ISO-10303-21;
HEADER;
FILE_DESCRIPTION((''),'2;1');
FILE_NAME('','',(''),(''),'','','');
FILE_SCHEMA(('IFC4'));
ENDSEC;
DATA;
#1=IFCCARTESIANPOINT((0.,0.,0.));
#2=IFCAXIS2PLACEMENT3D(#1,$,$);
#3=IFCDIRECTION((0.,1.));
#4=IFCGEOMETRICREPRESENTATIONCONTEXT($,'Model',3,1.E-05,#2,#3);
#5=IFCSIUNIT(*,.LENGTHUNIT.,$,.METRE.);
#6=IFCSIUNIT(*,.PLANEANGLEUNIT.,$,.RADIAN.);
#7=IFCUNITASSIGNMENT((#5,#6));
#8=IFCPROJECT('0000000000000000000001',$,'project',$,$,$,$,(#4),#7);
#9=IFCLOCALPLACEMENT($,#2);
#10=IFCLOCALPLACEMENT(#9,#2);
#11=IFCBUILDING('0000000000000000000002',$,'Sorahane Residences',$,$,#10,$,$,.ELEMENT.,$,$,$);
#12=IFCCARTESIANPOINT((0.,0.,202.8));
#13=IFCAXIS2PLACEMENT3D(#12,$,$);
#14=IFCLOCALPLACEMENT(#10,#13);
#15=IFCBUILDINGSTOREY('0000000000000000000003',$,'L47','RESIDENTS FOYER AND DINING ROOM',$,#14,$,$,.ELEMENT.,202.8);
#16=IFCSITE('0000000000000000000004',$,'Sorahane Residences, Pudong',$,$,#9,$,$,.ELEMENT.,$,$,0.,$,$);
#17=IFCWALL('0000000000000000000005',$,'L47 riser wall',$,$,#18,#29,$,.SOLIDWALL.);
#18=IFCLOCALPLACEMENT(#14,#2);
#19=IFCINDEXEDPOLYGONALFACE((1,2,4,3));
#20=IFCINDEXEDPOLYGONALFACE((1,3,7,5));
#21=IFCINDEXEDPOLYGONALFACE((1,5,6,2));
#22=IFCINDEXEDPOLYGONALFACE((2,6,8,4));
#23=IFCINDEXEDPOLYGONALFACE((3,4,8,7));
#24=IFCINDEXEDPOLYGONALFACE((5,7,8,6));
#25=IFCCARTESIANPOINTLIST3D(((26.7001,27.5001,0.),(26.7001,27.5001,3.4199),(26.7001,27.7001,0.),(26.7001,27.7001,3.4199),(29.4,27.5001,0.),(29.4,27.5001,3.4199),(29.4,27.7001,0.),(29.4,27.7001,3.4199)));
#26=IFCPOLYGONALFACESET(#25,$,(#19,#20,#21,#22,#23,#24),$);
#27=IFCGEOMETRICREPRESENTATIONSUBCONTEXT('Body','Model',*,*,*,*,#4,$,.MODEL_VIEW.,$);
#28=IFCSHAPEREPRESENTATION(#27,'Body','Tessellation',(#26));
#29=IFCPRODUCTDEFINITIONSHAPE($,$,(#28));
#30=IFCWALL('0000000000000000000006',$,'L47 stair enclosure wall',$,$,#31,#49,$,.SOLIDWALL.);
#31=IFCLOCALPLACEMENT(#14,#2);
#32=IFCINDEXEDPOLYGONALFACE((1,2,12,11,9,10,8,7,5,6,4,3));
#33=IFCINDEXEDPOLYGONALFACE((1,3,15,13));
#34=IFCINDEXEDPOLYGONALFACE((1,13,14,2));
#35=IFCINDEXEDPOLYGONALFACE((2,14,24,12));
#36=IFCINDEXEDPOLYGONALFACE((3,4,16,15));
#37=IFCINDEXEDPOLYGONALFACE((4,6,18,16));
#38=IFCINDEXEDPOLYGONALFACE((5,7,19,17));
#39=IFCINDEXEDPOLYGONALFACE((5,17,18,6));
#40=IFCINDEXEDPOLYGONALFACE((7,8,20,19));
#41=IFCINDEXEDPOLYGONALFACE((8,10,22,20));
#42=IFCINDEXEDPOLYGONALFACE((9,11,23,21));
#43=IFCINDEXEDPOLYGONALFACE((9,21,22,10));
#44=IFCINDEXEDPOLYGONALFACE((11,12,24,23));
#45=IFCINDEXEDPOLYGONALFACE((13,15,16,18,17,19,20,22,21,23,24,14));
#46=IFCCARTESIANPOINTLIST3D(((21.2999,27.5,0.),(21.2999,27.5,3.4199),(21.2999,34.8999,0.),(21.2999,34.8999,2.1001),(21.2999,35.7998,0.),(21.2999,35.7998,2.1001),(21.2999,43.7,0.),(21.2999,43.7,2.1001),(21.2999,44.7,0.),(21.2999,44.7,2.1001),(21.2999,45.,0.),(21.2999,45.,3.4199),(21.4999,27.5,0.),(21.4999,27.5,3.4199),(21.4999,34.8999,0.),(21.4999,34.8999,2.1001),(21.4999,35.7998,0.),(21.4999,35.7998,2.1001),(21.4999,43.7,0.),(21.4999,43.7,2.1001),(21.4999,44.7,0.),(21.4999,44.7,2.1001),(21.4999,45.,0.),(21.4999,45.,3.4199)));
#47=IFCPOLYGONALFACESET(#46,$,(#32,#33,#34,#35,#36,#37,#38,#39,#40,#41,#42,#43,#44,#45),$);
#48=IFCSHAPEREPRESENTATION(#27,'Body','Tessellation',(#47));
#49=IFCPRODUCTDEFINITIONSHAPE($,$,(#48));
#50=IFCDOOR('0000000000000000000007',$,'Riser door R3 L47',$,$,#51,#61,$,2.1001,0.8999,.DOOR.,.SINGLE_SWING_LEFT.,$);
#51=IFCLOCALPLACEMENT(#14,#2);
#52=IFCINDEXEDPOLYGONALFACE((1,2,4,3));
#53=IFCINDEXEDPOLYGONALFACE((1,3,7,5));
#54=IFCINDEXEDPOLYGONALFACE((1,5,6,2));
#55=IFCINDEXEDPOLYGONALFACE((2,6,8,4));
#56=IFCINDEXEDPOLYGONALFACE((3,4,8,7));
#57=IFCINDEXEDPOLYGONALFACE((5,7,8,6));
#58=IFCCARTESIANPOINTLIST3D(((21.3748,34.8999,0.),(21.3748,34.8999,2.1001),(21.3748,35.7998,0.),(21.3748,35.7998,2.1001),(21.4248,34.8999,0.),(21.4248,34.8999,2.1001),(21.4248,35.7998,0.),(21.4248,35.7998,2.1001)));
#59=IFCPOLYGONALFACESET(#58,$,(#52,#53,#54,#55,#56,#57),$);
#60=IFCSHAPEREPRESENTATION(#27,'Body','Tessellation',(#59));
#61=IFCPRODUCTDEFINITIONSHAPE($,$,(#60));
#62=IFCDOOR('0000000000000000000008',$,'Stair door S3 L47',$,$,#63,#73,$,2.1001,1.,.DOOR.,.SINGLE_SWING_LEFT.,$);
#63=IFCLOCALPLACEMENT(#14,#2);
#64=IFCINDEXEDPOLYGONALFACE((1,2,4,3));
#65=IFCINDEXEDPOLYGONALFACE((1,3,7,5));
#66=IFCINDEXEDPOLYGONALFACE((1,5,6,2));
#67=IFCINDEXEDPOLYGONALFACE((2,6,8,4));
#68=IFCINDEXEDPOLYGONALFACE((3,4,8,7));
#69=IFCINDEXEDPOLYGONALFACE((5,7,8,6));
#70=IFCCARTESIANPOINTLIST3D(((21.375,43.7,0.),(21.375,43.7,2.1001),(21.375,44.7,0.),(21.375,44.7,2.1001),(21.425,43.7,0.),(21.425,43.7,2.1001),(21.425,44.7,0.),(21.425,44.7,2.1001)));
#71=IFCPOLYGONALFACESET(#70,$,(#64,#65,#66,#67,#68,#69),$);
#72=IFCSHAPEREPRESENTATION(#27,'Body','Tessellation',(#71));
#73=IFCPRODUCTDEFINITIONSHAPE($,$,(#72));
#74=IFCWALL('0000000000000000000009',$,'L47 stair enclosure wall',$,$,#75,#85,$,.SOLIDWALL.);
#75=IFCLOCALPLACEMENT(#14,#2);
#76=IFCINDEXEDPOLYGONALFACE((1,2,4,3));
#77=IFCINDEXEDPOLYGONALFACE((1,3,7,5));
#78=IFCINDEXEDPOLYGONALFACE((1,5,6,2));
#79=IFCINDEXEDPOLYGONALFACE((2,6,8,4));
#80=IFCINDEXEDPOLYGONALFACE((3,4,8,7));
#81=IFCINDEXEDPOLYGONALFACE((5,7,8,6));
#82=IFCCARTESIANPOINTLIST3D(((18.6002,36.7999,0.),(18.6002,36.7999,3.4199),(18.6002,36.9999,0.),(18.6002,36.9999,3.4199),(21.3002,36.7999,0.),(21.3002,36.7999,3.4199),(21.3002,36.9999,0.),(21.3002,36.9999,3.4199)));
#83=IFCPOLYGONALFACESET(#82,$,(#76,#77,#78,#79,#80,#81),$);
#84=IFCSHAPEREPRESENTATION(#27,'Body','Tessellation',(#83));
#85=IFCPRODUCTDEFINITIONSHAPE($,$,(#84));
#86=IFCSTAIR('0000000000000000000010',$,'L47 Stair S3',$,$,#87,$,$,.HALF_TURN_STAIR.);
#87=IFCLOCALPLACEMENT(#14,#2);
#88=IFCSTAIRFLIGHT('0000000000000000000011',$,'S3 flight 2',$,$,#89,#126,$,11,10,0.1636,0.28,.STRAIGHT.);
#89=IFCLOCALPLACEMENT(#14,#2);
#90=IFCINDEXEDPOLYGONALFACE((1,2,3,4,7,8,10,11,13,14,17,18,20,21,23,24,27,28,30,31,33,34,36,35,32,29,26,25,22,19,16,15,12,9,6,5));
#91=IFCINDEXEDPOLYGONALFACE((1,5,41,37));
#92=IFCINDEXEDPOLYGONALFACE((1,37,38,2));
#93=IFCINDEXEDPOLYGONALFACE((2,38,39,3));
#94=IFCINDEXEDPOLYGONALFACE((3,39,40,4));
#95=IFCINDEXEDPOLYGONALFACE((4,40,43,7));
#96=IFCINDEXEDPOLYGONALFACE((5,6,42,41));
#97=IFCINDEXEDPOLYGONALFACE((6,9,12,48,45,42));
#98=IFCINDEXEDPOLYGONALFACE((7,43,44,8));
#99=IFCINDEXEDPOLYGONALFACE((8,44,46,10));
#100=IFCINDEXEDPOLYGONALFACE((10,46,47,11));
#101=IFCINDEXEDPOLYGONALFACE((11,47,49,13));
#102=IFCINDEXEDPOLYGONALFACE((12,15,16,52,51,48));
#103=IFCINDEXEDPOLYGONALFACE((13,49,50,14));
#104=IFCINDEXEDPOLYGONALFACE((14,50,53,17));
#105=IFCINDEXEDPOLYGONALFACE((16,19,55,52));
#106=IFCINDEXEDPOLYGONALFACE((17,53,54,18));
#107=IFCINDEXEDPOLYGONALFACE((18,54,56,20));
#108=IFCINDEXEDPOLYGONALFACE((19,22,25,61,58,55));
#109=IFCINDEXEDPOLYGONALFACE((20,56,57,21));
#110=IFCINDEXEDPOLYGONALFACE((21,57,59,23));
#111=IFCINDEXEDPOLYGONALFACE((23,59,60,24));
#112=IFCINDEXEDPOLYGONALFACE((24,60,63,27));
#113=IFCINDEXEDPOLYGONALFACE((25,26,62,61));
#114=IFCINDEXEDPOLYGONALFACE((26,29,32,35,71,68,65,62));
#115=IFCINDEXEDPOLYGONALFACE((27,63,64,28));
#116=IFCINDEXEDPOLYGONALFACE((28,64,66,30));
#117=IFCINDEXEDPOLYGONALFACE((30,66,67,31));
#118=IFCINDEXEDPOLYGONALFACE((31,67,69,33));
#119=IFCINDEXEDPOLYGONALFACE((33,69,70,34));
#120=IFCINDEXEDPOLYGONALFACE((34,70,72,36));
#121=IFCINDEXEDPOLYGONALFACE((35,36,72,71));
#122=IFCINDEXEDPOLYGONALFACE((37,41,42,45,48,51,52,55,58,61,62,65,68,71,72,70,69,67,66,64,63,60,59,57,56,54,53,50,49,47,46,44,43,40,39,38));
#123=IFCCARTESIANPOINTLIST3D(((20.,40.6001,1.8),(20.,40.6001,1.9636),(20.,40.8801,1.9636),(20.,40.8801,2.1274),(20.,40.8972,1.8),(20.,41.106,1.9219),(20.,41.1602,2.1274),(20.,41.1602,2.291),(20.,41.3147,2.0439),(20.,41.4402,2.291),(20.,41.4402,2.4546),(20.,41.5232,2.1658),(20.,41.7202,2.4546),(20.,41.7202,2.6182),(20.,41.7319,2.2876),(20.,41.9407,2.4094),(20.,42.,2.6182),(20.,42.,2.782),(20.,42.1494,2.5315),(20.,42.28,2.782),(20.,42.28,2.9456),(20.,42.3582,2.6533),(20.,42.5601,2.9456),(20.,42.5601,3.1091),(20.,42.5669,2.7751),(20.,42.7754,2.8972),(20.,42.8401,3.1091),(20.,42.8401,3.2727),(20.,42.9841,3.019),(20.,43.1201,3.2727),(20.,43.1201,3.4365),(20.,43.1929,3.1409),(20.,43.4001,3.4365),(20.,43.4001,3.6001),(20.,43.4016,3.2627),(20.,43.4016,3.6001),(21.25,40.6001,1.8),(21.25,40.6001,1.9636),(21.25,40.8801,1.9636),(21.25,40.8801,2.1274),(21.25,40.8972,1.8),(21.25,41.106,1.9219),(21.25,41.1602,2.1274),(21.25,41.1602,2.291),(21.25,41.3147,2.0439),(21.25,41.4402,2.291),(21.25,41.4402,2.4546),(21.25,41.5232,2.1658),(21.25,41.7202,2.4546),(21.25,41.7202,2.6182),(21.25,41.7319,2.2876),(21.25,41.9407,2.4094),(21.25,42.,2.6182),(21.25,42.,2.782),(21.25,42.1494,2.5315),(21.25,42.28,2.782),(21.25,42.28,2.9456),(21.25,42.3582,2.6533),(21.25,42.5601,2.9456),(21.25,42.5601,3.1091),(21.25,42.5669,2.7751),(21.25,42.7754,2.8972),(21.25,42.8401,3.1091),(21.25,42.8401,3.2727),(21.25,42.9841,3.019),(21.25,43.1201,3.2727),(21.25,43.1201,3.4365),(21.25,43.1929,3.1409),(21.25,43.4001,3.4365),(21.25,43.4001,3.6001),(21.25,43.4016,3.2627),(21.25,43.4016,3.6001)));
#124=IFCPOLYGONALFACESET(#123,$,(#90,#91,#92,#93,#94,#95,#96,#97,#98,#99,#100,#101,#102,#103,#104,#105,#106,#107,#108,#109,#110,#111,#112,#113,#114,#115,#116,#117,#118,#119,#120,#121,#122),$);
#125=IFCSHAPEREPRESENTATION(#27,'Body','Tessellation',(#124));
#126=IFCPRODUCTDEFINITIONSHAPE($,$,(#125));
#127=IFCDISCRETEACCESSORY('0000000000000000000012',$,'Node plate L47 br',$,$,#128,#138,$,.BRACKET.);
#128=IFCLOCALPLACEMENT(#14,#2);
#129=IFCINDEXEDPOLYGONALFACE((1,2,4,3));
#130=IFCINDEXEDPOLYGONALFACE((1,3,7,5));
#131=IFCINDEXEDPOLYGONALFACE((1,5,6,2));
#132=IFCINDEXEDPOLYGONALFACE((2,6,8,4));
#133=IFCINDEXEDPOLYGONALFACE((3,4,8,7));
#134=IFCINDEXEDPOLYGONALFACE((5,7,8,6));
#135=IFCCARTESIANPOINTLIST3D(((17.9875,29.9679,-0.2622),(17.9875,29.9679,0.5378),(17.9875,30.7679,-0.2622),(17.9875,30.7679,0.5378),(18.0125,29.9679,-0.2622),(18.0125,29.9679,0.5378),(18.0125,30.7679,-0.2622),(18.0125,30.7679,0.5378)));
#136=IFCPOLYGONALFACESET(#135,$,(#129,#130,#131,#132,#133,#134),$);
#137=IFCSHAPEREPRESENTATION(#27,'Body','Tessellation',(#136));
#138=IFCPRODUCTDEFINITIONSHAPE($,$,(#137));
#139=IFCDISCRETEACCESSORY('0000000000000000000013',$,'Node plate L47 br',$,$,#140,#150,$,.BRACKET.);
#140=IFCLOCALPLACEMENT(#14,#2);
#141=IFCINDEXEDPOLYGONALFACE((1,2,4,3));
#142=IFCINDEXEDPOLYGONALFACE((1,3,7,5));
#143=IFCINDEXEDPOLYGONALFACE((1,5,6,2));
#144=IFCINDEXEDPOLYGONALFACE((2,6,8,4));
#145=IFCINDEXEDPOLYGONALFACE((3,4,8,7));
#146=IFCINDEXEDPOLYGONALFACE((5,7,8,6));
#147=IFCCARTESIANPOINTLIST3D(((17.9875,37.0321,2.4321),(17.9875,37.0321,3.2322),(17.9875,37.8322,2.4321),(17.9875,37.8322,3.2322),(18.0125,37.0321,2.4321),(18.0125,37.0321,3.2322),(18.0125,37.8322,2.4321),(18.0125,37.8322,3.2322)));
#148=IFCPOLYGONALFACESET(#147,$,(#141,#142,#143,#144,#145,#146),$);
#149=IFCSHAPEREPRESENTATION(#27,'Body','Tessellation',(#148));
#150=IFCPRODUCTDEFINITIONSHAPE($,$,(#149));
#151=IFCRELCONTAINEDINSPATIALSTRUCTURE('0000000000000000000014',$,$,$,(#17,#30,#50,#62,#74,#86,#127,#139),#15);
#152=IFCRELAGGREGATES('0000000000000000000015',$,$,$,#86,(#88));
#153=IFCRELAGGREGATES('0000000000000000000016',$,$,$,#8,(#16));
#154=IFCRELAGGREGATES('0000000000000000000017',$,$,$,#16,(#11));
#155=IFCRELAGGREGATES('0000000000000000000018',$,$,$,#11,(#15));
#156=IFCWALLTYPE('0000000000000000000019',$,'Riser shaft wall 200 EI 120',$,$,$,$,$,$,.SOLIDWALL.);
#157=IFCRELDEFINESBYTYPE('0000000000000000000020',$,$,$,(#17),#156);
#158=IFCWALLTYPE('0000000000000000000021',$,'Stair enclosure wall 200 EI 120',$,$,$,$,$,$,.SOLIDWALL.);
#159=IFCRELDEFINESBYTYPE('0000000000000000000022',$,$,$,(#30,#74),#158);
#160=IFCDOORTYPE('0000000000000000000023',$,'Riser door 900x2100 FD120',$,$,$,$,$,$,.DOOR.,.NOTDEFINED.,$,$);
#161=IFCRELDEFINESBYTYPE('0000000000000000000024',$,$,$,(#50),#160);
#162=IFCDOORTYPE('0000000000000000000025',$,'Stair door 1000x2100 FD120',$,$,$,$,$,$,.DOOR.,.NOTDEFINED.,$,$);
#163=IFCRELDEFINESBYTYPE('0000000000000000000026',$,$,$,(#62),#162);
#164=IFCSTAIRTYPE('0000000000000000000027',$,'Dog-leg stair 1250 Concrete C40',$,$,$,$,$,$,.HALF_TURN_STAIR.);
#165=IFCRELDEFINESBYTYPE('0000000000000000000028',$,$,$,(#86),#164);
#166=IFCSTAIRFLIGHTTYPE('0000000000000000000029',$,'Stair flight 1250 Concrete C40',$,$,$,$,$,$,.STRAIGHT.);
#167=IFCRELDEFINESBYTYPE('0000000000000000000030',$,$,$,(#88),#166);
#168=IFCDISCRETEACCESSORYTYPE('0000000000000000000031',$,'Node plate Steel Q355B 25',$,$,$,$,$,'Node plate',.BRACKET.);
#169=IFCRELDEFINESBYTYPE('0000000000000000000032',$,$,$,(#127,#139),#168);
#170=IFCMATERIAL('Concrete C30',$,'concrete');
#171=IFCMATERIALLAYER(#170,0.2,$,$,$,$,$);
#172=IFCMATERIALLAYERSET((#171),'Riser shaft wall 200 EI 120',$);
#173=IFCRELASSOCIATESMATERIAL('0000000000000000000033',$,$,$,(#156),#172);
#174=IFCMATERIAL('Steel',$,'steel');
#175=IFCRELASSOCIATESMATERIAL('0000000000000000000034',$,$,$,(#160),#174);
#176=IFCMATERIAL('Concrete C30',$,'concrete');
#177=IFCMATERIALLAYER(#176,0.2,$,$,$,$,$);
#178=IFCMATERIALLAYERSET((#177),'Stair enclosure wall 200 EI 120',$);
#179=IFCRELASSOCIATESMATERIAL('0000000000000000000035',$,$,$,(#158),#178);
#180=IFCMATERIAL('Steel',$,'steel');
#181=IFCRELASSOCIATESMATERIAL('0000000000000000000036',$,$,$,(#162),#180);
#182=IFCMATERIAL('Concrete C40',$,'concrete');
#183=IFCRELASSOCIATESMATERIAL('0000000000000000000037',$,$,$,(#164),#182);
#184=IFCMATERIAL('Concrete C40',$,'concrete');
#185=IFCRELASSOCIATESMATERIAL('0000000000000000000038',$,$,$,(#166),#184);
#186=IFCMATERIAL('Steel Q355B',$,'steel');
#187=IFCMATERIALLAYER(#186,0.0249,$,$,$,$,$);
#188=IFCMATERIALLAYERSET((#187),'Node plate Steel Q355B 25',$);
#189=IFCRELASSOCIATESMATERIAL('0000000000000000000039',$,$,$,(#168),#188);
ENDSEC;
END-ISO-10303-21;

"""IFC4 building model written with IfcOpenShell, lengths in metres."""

from ifc_helpers import new_model, si_unit, direction, frame, frame_2d, origin, origin_2d, place, context, subcontext, project, spatial, polyline, rectangle, outline, extrude, material, layer, layer_set, type_object, element, fill, aggregate, save


model = new_model("IFC4")

# Units and contexts
model_context = context("Model", 3, precision=1e-05, world=origin(), true_north=direction((0.0, 1.0)))
body_context = subcontext(model_context, "Body", "Model", "MODEL_VIEW")
ifc_project = project(units=[si_unit("LENGTHUNIT", "METRE"), si_unit("PLANEANGLEUNIT", "RADIAN")], contexts=[model_context])

# Site, building, storey
site_placement = place(None, origin())
site = spatial("IfcSite", under=ifc_project, at=site_placement, Name="Sorahane Residences, Pudong", CompositionType="ELEMENT", RefElevation=0.0)
building_placement = place(site_placement, origin())
building = spatial("IfcBuilding", under=site, at=building_placement, Name="Sorahane Residences", CompositionType="ELEMENT")
storey_placement = place(building_placement, frame((0.0, 0.0, 202.8)))
storey = spatial("IfcBuildingStorey", under=building, at=storey_placement, Name="L47", Description="RESIDENTS FOYER AND DINING ROOM", CompositionType="ELEMENT", Elevation=202.8)

# Shared definitions
ifc_material_1 = material(Name="Concrete C30", Category="concrete")
ifc_layer_1 = layer(ifc_material_1, 0.2)
ifc_layer_set_1 = layer_set([ifc_layer_1], Name="Riser shaft wall 200 EI 120")
wall_type_1 = type_object("IfcWallType", Name="Riser shaft wall 200 EI 120", PredefinedType="SOLIDWALL", material=ifc_layer_set_1)
ifc_material_2 = material(Name="Steel", Category="steel")
door_type_1 = type_object("IfcDoorType", Name="Riser door 900x2100 FD120", OperationType="NOTDEFINED", PredefinedType="DOOR", material=ifc_material_2)

# Wall
wall_1_placement = place(storey_placement, frame((26.7, 27.6001, 0.0), z_axis=(0.0, 0.0, 1.0), x_axis=(1.0, 0.0, 0.0)))
element("IfcWall", 1, at=wall_1_placement, inside=storey, type_object=wall_type_1, Name="L47 riser wall", PredefinedType="SOLIDWALL", context=body_context, shape_type="SweptSolid", body=[
    extrude(rectangle(XDim=2.7, YDim=0.2, at=frame_2d((1.3501, 0.0))), origin(), (0.0, 0.0, 1.0), 3.4199),
])

# Wall, openings, doors
ifc_material_3 = material(Name="Concrete C30", Category="concrete")
ifc_layer_2 = layer(ifc_material_3, 0.2)
ifc_layer_set_2 = layer_set([ifc_layer_2], Name="Stair enclosure wall 200 EI 120")
wall_type_2 = type_object("IfcWallType", Name="Stair enclosure wall 200 EI 120", PredefinedType="SOLIDWALL", material=ifc_layer_set_2)
wall_2_placement = place(storey_placement, frame((21.3999, 27.5, 0.0), z_axis=(0.0, 0.0, 1.0), x_axis=(0.0, 1.0, 0.0)))
wall_2 = element("IfcWall", 2, at=wall_2_placement, inside=storey, type_object=wall_type_2, Name="L47 stair enclosure wall", PredefinedType="SOLIDWALL", context=body_context, shape_type="SweptSolid", body=[
    extrude(rectangle(XDim=17.5, YDim=0.2, at=frame_2d((8.75, 0.0))), origin(), (0.0, 0.0, 1.0), 3.4199),
])
opening_1_placement = place(wall_2_placement, frame((16.2, 0.0, 0.0)))
opening_1 = element("IfcOpeningElement", 3, at=opening_1_placement, cuts=wall_2, PredefinedType="OPENING", context=body_context, shape_type="SweptSolid", body=[
    extrude(rectangle(XDim=1.0, YDim=2.1001, at=frame_2d((0.5, 1.05))), frame((0.0, 0.1099, 0.0), z_axis=(0.0, -1.0, 0.0), x_axis=(1.0, 0.0, 0.0)), (0.0, 0.0, 1.0), 0.22),
])
opening_2_placement = place(wall_2_placement, frame((7.3999, 0.0, 0.0)))
opening_2 = element("IfcOpeningElement", 4, at=opening_2_placement, cuts=wall_2, PredefinedType="OPENING", context=body_context, shape_type="SweptSolid", body=[
    extrude(rectangle(XDim=0.8999, YDim=2.1001, at=frame_2d((0.45, 1.05))), frame((0.0, 0.1099, 0.0), z_axis=(0.0, -1.0, 0.0), x_axis=(1.0, 0.0, 0.0)), (0.0, 0.0, 1.0), 0.22),
])
door_1_placement = place(opening_2_placement, frame((0.8999, 0.0, 0.0), z_axis=(0.0, 0.0, 1.0), x_axis=(-1.0, 0.0, 0.0)))
door_1 = element("IfcDoor", 5, at=door_1_placement, inside=storey, type_object=door_type_1, Name="Riser door R3 L47", OperationType="SINGLE_SWING_LEFT", OverallHeight=2.1001, OverallWidth=0.8999, PredefinedType="DOOR", context=body_context, shape_type="SweptSolid", body=[
    extrude(rectangle(XDim=0.8999, YDim=2.1001, at=frame_2d((0.45, 1.05))), frame((0.0, 0.0249, 0.0), z_axis=(0.0, -1.0, 0.0), x_axis=(1.0, 0.0, 0.0)), (0.0, 0.0, 1.0), 0.05),
])
fill(opening_2, door_1)
ifc_material_4 = material(Name="Steel", Category="steel")
door_type_2 = type_object("IfcDoorType", Name="Stair door 1000x2100 FD120", OperationType="NOTDEFINED", PredefinedType="DOOR", material=ifc_material_4)
door_2_placement = place(opening_1_placement, origin())
door_2 = element("IfcDoor", 6, at=door_2_placement, inside=storey, type_object=door_type_2, Name="Stair door S3 L47", OperationType="SINGLE_SWING_LEFT", OverallHeight=2.1001, OverallWidth=1.0, PredefinedType="DOOR", context=body_context, shape_type="SweptSolid", body=[
    extrude(rectangle(XDim=1.0, YDim=2.1001, at=frame_2d((0.5, 1.05))), frame((0.0, 0.0249, 0.0), z_axis=(0.0, -1.0, 0.0), x_axis=(1.0, 0.0, 0.0)), (0.0, 0.0, 1.0), 0.05),
])
fill(opening_1, door_2)

# Wall
wall_3_placement = place(storey_placement, frame((18.6001, 36.8999, 0.0), z_axis=(0.0, 0.0, 1.0), x_axis=(1.0, 0.0, 0.0)))
element("IfcWall", 7, at=wall_3_placement, inside=storey, type_object=wall_type_2, Name="L47 stair enclosure wall", PredefinedType="SOLIDWALL", context=body_context, shape_type="SweptSolid", body=[
    extrude(rectangle(XDim=2.7, YDim=0.2, at=frame_2d((1.3501, 0.0))), origin(), (0.0, 0.0, 1.0), 3.4199),
])

# Stair, stair flight
ifc_material_5 = material(Name="Concrete C40", Category="concrete")
stair_type = type_object("IfcStairType", Name="Dog-leg stair 1250 Concrete C40", PredefinedType="HALF_TURN_STAIR", material=ifc_material_5)
stair_placement = place(storey_placement, origin())
stair = element("IfcStair", 8, at=stair_placement, inside=storey, type_object=stair_type, Name="L47 Stair S3", PredefinedType="HALF_TURN_STAIR")
ifc_material_6 = material(Name="Concrete C40", Category="concrete")
stair_flight_type = type_object("IfcStairFlightType", Name="Stair flight 1250 Concrete C40", PredefinedType="STRAIGHT", material=ifc_material_6)
stair_flight_placement = place(storey_placement, frame((20.625, 40.6001, 1.8), z_axis=(0.0, 0.0, 1.0), x_axis=(0.0, 1.0, 0.0)))
stair_flight = element("IfcStairFlight", 9, at=stair_flight_placement, type_object=stair_flight_type, Name="S3 flight 2", NumberOfRisers=11, NumberOfTreads=10, PredefinedType="STRAIGHT", RiserHeight=0.1636, TreadLength=0.28, context=body_context, shape_type="SweptSolid", body=[
    extrude(outline(polyline([(0.0, 0.0), (0.0, 0.1636), (0.28, 0.1636), (0.28, 0.3274), (0.5601, 0.3274), (0.5601, 0.491), (0.8401, 0.491), (0.8401, 0.6545), (1.1201, 0.6545), (1.1201, 0.8181), (1.3999, 0.8181), (1.3999, 0.9819), (1.6799, 0.9819), (1.6799, 1.1455), (1.96, 1.1455), (1.96, 1.3091), (2.24, 1.3091), (2.24, 1.4727), (2.52, 1.4727), (2.52, 1.6365), (2.8, 1.6365), (2.8, 1.8), (2.8015, 1.8), (2.8015, 1.4626), (2.5928, 1.3408), (2.384, 1.219), (2.1753, 1.0972), (1.9668, 0.9751), (1.7581, 0.8533), (1.5493, 0.7314), (1.3406, 0.6094), (1.1318, 0.4875), (0.9231, 0.3657), (0.7146, 0.2439), (0.5059, 0.1218), (0.2971, 0.0), (0.0, 0.0)])), frame((0.0, 0.625, 0.0), z_axis=(0.0, -1.0, 0.0), x_axis=(1.0, 0.0, 0.0)), (0.0, 0.0, 1.0), 1.25),
])
aggregate(stair, [stair_flight])

# Discrete accessories
ifc_material_7 = material(Name="Steel Q355B", Category="steel")
ifc_layer_3 = layer(ifc_material_7, 0.0249)
ifc_layer_set_3 = layer_set([ifc_layer_3], Name="Node plate Steel Q355B 25")
discrete_accessory_type = type_object("IfcDiscreteAccessoryType", Name="Node plate Steel Q355B 25", ElementType="Node plate", PredefinedType="BRACKET", material=ifc_layer_set_3)
for number, where, z_axis, x_axis, name in (
    (10, (18.0, 30.3679, -0.2622), (0.0, 0.0, 1.0), (0.0, 1.0, 0.0), "Node plate L47 br"),
    (11, (18.0, 37.4321, 2.4321), (0.0, 0.0, 1.0), (0.0, 1.0, 0.0), "Node plate L47 br"),
):
    element("IfcDiscreteAccessory", number, at=place(storey_placement, frame(where, z_axis=z_axis, x_axis=x_axis)), inside=storey, type_object=discrete_accessory_type, Name=name, PredefinedType="BRACKET", context=body_context, shape_type="SweptSolid", body=[
        extrude(rectangle(XDim=0.8, YDim=0.0249, at=origin_2d()), origin(), (0.0, 0.0, 1.0), 0.8),
    ])

save(model, "model.ifc")
